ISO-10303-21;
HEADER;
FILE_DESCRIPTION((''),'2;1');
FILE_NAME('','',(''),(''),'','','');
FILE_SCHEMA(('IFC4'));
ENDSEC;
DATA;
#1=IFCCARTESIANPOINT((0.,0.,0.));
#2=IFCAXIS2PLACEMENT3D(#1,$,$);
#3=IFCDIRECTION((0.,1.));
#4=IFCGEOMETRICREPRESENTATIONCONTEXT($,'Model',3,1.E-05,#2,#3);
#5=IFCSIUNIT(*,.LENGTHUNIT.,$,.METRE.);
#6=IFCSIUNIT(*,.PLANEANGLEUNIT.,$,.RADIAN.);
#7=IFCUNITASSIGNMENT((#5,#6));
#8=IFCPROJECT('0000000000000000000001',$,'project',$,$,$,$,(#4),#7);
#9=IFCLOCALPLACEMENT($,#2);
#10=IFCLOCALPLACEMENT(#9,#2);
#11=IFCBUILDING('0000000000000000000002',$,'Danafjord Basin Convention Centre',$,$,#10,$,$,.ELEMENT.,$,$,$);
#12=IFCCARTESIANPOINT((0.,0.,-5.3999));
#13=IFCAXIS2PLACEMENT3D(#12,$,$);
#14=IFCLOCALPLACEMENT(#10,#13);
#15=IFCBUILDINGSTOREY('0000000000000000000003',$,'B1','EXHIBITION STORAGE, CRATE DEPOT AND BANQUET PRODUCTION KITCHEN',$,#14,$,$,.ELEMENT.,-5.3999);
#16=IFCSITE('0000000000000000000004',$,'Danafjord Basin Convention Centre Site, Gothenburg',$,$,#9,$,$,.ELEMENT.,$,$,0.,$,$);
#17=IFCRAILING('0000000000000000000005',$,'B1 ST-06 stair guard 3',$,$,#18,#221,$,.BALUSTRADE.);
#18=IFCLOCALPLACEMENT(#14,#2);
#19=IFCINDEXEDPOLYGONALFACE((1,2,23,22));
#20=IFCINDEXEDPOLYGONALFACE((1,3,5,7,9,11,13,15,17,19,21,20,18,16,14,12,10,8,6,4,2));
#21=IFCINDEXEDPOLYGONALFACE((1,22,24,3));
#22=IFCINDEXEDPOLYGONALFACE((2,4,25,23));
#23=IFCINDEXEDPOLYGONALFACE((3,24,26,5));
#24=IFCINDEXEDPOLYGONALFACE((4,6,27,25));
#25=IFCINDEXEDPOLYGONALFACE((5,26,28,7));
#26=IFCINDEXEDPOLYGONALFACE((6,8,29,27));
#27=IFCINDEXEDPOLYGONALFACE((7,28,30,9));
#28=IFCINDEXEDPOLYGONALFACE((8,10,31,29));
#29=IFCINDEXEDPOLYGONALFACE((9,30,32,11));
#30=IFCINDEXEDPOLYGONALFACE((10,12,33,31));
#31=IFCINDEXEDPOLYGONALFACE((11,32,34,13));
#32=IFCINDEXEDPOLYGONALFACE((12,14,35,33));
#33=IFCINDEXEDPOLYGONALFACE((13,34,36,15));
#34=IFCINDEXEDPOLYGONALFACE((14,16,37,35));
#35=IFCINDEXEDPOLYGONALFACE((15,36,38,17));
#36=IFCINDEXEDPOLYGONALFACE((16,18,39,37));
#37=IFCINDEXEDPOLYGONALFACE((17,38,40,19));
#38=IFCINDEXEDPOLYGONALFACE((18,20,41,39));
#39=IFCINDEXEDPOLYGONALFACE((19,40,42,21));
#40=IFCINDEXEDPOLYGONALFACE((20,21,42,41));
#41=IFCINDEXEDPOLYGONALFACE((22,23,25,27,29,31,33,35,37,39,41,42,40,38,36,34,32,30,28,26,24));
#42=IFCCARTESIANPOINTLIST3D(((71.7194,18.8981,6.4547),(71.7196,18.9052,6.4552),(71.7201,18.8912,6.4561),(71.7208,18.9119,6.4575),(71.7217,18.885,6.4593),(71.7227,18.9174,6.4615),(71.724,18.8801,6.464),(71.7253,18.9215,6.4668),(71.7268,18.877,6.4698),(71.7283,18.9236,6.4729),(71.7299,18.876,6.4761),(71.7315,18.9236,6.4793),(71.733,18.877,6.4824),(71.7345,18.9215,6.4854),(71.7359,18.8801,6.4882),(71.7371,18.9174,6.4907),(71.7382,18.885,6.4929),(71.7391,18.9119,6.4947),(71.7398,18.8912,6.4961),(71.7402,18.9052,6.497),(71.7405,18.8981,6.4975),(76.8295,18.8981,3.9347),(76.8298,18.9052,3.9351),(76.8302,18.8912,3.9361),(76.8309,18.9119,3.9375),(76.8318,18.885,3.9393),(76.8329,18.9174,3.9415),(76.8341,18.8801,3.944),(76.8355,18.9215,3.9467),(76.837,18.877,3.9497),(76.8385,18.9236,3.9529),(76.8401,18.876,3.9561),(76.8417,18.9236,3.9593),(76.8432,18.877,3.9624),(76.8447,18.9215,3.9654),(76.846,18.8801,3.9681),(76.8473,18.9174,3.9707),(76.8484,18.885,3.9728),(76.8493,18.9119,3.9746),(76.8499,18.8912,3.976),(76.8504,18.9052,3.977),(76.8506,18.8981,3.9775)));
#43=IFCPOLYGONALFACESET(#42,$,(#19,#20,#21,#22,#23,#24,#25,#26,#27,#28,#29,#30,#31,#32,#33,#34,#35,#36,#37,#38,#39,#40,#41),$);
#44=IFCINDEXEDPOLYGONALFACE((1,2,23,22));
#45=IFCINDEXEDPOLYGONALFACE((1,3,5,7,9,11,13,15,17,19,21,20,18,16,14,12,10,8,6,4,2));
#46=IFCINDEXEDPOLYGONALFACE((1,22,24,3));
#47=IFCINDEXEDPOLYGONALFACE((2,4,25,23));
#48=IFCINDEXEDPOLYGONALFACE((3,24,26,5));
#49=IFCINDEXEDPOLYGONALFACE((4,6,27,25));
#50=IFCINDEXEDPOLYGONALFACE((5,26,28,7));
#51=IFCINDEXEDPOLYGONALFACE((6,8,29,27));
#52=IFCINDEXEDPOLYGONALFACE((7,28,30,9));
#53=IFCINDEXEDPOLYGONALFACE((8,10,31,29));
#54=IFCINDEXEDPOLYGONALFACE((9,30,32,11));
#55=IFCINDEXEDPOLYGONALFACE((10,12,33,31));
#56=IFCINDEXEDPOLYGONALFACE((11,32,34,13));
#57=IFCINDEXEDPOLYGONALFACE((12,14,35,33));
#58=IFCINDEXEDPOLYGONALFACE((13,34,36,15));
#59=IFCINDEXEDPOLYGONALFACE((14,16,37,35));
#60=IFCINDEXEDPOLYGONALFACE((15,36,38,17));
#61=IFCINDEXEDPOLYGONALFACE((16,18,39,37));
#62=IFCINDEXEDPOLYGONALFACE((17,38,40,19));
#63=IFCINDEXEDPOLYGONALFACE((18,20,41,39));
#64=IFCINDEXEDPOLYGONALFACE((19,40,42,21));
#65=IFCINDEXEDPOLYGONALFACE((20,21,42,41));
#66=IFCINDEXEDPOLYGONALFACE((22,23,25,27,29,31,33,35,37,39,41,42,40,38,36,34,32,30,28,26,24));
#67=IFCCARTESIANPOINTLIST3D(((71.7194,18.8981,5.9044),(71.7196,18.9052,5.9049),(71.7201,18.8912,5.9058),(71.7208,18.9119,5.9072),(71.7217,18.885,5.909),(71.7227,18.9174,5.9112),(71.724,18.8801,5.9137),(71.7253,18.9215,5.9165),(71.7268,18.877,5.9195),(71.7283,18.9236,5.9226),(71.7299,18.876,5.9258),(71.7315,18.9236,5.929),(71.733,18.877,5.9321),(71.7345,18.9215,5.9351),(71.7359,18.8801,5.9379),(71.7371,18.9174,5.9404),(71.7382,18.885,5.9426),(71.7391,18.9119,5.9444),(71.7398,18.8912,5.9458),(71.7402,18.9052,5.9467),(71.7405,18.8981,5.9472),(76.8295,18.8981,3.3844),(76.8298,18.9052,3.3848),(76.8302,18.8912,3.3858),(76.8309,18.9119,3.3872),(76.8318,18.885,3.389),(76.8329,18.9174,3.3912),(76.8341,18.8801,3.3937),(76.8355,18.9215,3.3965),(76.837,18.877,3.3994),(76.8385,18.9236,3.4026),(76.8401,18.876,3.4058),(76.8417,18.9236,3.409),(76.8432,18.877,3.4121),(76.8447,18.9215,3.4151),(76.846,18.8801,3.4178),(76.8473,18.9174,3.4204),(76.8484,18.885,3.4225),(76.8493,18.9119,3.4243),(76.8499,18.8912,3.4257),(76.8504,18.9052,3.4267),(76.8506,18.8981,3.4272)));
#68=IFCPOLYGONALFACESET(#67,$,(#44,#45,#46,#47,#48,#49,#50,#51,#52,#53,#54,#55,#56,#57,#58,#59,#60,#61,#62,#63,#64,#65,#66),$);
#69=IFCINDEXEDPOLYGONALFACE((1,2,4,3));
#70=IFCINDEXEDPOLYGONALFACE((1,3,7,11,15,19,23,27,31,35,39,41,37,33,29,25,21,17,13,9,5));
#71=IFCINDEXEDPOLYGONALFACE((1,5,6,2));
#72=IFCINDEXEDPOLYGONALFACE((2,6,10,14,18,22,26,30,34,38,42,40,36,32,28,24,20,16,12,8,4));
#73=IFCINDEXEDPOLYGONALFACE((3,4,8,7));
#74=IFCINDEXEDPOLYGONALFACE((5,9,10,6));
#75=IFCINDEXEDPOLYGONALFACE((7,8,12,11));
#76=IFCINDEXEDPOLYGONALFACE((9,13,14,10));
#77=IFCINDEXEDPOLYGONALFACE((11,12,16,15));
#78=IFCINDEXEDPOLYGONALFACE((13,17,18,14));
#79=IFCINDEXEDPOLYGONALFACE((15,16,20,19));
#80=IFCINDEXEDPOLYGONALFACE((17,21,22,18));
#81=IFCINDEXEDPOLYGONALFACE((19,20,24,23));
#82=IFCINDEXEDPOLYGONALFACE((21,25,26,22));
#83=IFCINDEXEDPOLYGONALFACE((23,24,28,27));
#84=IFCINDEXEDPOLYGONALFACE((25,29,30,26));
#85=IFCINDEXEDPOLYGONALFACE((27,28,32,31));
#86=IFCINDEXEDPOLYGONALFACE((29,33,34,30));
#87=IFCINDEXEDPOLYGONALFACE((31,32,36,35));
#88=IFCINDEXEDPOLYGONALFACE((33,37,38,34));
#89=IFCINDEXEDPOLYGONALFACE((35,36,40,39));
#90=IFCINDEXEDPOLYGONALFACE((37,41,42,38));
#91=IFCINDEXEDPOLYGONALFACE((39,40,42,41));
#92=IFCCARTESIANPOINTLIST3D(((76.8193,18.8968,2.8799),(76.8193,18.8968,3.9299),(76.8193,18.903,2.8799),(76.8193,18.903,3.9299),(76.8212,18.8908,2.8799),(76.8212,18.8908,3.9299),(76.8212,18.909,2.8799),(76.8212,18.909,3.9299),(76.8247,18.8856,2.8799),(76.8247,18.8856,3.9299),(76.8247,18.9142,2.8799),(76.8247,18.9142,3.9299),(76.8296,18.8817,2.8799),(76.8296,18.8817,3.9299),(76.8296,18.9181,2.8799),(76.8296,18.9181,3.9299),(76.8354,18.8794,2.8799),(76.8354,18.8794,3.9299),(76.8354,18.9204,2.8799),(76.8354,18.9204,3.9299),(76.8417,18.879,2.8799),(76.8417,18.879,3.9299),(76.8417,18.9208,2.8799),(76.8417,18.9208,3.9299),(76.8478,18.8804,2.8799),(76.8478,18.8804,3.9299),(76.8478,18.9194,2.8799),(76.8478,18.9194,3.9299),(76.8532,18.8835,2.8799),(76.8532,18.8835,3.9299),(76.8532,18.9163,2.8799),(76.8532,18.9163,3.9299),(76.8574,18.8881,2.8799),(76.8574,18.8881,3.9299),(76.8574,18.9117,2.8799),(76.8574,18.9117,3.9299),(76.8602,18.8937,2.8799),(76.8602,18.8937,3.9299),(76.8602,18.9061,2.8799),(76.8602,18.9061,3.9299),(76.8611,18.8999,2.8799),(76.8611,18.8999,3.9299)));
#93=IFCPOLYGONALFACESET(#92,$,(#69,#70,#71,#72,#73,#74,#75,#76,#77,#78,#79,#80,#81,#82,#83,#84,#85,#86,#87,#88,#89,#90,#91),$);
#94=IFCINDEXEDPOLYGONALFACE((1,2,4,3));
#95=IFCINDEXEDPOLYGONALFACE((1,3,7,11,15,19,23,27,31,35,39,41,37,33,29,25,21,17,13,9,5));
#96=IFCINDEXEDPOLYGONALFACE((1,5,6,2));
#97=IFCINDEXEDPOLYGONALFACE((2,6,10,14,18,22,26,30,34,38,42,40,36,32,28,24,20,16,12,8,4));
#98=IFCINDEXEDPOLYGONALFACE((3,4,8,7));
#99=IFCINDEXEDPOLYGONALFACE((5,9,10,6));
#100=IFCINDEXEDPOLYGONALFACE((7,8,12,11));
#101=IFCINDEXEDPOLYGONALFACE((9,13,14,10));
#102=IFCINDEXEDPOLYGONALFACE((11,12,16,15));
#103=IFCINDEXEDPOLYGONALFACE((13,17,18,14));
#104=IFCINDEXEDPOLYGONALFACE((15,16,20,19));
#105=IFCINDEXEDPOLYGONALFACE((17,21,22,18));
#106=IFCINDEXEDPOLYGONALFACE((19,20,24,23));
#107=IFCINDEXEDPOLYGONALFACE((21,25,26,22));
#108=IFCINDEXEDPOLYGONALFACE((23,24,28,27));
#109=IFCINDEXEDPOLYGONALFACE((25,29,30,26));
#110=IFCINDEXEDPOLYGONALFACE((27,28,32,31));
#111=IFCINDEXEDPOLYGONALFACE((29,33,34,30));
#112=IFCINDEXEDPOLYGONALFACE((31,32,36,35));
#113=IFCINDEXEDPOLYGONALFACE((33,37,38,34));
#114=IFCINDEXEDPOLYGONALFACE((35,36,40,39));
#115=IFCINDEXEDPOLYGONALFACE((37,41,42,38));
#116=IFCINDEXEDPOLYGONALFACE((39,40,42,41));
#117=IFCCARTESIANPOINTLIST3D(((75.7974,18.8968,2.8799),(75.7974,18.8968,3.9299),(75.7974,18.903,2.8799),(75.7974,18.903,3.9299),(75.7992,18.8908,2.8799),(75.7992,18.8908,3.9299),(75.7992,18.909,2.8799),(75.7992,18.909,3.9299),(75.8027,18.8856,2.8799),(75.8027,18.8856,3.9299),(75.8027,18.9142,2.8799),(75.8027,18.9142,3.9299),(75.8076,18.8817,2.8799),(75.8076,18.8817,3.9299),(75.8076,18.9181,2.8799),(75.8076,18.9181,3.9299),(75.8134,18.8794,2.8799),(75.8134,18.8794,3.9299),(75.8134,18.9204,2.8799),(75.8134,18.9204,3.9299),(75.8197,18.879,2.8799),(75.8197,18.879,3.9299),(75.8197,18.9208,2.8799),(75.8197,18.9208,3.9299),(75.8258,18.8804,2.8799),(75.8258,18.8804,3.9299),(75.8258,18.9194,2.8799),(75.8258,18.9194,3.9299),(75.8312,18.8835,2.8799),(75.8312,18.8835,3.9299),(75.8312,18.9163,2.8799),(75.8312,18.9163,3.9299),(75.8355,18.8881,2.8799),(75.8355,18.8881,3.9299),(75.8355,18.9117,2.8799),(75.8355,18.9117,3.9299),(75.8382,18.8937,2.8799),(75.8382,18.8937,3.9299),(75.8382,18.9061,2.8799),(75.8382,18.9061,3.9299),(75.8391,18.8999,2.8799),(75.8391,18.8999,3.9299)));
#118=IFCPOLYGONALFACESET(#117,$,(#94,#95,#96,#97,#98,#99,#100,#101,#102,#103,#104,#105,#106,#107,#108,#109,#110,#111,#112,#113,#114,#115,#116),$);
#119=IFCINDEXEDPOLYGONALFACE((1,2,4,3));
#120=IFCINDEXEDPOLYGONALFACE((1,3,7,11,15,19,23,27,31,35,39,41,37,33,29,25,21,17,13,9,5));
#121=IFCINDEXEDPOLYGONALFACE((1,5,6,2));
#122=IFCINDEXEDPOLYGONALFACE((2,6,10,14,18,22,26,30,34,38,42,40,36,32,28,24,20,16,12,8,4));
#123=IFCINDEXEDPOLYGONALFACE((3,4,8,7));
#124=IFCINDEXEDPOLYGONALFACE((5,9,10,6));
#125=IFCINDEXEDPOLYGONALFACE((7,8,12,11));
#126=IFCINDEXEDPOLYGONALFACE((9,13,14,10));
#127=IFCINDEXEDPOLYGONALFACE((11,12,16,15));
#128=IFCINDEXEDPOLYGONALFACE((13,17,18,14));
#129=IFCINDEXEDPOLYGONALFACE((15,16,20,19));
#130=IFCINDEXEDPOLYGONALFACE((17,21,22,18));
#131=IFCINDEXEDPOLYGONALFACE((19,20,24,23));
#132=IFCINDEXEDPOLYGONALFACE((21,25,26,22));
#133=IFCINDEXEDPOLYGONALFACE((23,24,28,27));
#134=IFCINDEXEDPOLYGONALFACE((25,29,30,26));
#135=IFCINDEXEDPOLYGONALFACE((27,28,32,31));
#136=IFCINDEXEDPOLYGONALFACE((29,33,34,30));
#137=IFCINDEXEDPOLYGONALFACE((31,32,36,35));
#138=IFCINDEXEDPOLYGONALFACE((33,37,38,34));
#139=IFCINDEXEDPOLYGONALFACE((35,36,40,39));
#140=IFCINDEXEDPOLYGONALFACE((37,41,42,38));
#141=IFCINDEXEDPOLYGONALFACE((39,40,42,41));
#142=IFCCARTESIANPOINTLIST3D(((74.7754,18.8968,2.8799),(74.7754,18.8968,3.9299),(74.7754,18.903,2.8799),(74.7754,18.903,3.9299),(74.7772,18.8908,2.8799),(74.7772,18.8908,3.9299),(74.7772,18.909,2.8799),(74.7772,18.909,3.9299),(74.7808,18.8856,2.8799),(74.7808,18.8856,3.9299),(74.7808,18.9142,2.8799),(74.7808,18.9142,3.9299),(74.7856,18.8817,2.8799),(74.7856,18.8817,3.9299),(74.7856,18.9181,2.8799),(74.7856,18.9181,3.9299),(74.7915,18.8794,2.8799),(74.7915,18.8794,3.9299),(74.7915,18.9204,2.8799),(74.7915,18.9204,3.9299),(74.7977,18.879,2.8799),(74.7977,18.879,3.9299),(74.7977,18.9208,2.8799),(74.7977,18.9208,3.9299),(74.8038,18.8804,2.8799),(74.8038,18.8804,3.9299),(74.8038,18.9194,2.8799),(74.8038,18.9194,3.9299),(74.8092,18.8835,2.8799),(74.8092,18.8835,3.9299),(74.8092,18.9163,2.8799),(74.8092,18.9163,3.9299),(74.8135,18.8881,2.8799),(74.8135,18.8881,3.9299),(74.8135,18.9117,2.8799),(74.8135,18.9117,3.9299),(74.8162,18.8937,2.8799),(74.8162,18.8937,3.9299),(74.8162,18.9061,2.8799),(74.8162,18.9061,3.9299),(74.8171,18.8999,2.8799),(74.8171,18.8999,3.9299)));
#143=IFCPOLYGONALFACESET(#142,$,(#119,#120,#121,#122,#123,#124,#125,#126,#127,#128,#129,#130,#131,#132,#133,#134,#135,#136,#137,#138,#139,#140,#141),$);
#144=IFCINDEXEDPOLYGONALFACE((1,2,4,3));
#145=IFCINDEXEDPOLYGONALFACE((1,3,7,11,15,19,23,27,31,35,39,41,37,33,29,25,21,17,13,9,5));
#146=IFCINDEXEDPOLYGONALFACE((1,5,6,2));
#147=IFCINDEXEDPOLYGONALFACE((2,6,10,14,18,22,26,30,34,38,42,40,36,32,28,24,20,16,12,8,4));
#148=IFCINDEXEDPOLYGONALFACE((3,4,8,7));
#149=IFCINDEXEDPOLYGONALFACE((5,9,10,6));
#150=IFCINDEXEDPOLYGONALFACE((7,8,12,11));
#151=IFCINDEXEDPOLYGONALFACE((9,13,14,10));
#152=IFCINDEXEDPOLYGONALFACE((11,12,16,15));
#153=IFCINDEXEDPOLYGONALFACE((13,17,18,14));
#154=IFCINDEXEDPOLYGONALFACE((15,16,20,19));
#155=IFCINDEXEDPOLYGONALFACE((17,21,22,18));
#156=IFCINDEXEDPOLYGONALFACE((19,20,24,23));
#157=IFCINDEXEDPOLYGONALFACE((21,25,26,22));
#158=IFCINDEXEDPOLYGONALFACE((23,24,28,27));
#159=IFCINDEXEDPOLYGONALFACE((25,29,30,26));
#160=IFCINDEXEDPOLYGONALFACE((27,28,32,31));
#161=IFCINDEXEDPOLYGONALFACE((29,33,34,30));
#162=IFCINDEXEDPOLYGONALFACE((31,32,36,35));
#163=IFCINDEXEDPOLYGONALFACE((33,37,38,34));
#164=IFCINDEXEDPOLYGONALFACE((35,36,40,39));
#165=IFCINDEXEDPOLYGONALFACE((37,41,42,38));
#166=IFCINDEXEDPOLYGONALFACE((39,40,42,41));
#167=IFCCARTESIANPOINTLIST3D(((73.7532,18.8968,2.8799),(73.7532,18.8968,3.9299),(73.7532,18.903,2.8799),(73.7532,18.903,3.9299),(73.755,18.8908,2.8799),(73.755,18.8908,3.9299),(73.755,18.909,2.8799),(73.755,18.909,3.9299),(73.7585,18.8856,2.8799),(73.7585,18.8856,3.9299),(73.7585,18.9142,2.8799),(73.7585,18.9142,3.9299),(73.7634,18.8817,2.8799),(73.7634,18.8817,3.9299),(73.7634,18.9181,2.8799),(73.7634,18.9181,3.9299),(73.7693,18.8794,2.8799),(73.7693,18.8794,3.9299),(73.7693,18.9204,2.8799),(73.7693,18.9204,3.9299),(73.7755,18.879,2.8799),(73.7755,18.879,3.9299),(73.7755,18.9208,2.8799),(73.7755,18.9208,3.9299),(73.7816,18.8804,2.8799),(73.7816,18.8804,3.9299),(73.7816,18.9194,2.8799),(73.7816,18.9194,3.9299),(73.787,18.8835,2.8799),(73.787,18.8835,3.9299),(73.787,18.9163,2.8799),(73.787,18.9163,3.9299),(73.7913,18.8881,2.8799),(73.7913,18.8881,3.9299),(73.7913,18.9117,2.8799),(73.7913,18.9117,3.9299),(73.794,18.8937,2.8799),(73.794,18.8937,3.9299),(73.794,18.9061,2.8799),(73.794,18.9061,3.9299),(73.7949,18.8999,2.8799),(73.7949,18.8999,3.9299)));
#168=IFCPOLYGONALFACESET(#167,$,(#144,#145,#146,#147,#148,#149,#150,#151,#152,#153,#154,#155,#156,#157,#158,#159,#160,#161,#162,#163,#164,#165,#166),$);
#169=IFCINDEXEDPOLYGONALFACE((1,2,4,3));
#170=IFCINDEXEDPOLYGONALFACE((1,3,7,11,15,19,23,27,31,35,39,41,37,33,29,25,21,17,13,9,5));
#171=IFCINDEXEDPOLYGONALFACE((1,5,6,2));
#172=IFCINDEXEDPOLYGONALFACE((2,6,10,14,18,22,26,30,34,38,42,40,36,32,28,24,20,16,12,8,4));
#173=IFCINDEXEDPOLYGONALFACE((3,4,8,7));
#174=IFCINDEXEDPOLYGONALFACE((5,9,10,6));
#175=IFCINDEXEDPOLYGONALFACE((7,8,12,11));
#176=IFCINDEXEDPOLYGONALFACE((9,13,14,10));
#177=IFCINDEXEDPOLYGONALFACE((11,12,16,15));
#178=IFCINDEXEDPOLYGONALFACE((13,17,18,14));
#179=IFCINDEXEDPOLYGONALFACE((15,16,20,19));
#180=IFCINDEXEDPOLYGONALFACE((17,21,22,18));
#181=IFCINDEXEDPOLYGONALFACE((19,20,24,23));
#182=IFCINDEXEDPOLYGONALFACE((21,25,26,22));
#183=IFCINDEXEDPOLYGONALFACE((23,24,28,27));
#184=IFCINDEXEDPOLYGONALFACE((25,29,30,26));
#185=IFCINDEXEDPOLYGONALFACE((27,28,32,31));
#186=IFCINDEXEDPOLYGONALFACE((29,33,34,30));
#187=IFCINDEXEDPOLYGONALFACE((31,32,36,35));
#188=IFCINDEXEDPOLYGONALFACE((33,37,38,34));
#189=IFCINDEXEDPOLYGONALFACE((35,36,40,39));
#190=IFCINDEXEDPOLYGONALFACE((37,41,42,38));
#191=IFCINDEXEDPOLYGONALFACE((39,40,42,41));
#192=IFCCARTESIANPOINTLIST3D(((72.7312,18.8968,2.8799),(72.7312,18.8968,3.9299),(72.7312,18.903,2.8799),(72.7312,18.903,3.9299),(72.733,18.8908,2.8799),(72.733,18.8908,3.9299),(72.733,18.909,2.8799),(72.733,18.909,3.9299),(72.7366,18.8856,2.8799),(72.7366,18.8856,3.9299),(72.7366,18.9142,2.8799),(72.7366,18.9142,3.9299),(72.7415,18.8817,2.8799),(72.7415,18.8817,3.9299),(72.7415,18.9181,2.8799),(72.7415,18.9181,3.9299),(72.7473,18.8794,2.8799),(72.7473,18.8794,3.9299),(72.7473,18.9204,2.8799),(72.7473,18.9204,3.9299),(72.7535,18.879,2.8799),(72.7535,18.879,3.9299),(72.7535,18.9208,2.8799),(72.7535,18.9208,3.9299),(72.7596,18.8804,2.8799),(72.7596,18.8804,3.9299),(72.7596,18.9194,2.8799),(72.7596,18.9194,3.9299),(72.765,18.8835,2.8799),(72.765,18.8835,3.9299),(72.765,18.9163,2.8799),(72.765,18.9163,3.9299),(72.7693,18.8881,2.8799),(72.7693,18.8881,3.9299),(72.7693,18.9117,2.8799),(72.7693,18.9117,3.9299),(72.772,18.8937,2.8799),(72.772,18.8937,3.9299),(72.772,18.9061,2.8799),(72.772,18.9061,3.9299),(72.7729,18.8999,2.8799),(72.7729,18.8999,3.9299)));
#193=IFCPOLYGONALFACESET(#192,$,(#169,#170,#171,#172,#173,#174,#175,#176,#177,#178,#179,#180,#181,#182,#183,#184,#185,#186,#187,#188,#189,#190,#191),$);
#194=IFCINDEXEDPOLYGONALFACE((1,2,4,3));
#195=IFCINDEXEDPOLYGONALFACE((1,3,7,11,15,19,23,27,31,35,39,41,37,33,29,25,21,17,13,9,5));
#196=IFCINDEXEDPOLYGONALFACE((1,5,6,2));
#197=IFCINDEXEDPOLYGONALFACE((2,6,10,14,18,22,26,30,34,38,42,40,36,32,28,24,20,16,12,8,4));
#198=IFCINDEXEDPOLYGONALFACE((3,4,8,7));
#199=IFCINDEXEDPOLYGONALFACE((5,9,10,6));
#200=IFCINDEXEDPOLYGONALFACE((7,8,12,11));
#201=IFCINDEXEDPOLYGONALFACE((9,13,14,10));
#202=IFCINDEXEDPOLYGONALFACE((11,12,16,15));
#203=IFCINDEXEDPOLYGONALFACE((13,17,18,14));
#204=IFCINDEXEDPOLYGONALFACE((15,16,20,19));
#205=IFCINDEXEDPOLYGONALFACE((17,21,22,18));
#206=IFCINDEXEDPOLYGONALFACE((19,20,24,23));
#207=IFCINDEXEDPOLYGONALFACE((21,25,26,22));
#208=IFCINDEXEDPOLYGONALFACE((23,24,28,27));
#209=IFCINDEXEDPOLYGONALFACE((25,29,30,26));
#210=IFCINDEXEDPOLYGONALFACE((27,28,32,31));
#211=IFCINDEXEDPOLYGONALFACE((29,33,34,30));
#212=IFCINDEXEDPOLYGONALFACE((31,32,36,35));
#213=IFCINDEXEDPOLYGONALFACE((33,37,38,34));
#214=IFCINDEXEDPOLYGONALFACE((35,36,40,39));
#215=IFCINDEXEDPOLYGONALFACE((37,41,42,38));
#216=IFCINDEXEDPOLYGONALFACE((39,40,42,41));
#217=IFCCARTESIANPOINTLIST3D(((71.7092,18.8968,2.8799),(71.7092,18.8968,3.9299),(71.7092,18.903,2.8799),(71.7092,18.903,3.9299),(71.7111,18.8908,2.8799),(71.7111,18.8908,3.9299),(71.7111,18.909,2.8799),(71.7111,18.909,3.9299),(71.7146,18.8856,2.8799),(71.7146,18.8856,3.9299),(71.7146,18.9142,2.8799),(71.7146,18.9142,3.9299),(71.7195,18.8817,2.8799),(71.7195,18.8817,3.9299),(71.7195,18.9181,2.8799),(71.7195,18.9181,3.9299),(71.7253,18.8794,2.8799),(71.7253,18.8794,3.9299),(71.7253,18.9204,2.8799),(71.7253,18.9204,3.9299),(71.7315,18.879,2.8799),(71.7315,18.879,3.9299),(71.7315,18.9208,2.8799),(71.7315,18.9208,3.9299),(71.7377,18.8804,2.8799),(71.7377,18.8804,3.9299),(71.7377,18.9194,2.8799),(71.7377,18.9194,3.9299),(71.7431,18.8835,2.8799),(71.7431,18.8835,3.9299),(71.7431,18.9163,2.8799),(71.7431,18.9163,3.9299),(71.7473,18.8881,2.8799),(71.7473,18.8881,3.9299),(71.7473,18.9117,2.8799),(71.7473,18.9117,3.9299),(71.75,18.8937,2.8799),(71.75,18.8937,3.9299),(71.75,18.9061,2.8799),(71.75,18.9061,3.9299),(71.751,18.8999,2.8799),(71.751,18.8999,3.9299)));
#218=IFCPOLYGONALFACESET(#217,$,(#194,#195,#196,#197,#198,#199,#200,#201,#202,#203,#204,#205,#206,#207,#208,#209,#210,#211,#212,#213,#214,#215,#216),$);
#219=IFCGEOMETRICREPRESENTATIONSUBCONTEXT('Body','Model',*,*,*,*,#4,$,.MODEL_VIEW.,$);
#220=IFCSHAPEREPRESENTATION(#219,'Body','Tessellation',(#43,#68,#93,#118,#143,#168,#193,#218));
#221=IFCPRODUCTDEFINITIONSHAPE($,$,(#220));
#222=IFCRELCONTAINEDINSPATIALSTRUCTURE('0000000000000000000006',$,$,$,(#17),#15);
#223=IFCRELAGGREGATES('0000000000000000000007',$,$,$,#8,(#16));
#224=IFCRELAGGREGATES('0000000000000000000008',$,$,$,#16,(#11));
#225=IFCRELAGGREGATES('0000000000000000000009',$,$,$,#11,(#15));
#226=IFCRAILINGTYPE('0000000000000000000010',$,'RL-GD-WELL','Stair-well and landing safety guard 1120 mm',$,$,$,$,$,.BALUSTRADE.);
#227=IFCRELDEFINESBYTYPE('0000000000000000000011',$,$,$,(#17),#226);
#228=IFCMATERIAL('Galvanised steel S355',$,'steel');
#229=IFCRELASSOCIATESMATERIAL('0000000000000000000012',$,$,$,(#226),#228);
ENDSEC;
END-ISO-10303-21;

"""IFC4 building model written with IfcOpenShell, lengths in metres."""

from ifc_helpers import new_model, si_unit, direction, frame, origin, origin_2d, place, context, subcontext, project, spatial, circle, extrude, material, type_object, element, save


model = new_model("IFC4")

# Units and contexts
model_context = context("Model", 3, precision=1e-05, world=origin(), true_north=direction((0.0, 1.0)))
body_context = subcontext(model_context, "Body", "Model", "MODEL_VIEW")
ifc_project = project(units=[si_unit("LENGTHUNIT", "METRE"), si_unit("PLANEANGLEUNIT", "RADIAN")], contexts=[model_context])

# Site, building, storey
site_placement = place(None, origin())
site = spatial("IfcSite", under=ifc_project, at=site_placement, Name="Danafjord Basin Convention Centre Site, Gothenburg", CompositionType="ELEMENT", RefElevation=0.0)
building_placement = place(site_placement, origin())
building = spatial("IfcBuilding", under=site, at=building_placement, Name="Danafjord Basin Convention Centre", CompositionType="ELEMENT")
storey_placement = place(building_placement, frame((0.0, 0.0, -5.3999)))
storey = spatial("IfcBuildingStorey", under=building, at=storey_placement, Name="B1", Description="EXHIBITION STORAGE, CRATE DEPOT AND BANQUET PRODUCTION KITCHEN", CompositionType="ELEMENT", Elevation=-5.3999)

# Railing
ifc_material_1 = material(Name="Galvanised steel S355", Category="steel")
railing_type_1 = type_object("IfcRailingType", Name="RL-GD-WELL", Description="Stair-well and landing safety guard 1120 mm", PredefinedType="BALUSTRADE", material=ifc_material_1)
railing_1_placement = place(storey_placement, frame((76.8401, 18.8999, 2.8799)))
element("IfcRailing", 1, at=railing_1_placement, inside=storey, type_object=railing_type_1, Name="B1 ST-06 stair guard 3", PredefinedType="BALUSTRADE", context=body_context, shape_type="SweptSolid", body=[
    extrude(circle(Radius=0.0239, at=origin_2d()), frame((0.0, 0.0, 1.0762), z_axis=(-0.896873, 0.0, 0.442288), x_axis=(0.0, -1.0, 0.0)), (0.0, 0.0, 1.0), 5.6978),
    extrude(circle(Radius=0.0239, at=origin_2d()), frame((0.0, 0.0, 0.5259), z_axis=(-0.896873, 0.0, 0.442288), x_axis=(0.0, -1.0, 0.0)), (0.0, 0.0, 1.0), 5.6978),
    extrude(circle(Radius=0.021, at=origin_2d()), origin(), (0.0, 0.0, 1.0), 1.05),
    extrude(circle(Radius=0.021, at=origin_2d()), frame((-1.022, 0.0, 0.0)), (0.0, 0.0, 1.0), 1.05),
    extrude(circle(Radius=0.021, at=origin_2d()), frame((-2.0439, 0.0, 0.0)), (0.0, 0.0, 1.0), 1.05),
    extrude(circle(Radius=0.021, at=origin_2d()), frame((-3.0662, 0.0, 0.0)), (0.0, 0.0, 1.0), 1.05),
    extrude(circle(Radius=0.021, at=origin_2d()), frame((-4.0881, 0.0, 0.0)), (0.0, 0.0, 1.0), 1.05),
    extrude(circle(Radius=0.021, at=origin_2d()), frame((-5.1101, 0.0, 0.0)), (0.0, 0.0, 1.0), 1.05),
])

save(model, "model.ifc")
